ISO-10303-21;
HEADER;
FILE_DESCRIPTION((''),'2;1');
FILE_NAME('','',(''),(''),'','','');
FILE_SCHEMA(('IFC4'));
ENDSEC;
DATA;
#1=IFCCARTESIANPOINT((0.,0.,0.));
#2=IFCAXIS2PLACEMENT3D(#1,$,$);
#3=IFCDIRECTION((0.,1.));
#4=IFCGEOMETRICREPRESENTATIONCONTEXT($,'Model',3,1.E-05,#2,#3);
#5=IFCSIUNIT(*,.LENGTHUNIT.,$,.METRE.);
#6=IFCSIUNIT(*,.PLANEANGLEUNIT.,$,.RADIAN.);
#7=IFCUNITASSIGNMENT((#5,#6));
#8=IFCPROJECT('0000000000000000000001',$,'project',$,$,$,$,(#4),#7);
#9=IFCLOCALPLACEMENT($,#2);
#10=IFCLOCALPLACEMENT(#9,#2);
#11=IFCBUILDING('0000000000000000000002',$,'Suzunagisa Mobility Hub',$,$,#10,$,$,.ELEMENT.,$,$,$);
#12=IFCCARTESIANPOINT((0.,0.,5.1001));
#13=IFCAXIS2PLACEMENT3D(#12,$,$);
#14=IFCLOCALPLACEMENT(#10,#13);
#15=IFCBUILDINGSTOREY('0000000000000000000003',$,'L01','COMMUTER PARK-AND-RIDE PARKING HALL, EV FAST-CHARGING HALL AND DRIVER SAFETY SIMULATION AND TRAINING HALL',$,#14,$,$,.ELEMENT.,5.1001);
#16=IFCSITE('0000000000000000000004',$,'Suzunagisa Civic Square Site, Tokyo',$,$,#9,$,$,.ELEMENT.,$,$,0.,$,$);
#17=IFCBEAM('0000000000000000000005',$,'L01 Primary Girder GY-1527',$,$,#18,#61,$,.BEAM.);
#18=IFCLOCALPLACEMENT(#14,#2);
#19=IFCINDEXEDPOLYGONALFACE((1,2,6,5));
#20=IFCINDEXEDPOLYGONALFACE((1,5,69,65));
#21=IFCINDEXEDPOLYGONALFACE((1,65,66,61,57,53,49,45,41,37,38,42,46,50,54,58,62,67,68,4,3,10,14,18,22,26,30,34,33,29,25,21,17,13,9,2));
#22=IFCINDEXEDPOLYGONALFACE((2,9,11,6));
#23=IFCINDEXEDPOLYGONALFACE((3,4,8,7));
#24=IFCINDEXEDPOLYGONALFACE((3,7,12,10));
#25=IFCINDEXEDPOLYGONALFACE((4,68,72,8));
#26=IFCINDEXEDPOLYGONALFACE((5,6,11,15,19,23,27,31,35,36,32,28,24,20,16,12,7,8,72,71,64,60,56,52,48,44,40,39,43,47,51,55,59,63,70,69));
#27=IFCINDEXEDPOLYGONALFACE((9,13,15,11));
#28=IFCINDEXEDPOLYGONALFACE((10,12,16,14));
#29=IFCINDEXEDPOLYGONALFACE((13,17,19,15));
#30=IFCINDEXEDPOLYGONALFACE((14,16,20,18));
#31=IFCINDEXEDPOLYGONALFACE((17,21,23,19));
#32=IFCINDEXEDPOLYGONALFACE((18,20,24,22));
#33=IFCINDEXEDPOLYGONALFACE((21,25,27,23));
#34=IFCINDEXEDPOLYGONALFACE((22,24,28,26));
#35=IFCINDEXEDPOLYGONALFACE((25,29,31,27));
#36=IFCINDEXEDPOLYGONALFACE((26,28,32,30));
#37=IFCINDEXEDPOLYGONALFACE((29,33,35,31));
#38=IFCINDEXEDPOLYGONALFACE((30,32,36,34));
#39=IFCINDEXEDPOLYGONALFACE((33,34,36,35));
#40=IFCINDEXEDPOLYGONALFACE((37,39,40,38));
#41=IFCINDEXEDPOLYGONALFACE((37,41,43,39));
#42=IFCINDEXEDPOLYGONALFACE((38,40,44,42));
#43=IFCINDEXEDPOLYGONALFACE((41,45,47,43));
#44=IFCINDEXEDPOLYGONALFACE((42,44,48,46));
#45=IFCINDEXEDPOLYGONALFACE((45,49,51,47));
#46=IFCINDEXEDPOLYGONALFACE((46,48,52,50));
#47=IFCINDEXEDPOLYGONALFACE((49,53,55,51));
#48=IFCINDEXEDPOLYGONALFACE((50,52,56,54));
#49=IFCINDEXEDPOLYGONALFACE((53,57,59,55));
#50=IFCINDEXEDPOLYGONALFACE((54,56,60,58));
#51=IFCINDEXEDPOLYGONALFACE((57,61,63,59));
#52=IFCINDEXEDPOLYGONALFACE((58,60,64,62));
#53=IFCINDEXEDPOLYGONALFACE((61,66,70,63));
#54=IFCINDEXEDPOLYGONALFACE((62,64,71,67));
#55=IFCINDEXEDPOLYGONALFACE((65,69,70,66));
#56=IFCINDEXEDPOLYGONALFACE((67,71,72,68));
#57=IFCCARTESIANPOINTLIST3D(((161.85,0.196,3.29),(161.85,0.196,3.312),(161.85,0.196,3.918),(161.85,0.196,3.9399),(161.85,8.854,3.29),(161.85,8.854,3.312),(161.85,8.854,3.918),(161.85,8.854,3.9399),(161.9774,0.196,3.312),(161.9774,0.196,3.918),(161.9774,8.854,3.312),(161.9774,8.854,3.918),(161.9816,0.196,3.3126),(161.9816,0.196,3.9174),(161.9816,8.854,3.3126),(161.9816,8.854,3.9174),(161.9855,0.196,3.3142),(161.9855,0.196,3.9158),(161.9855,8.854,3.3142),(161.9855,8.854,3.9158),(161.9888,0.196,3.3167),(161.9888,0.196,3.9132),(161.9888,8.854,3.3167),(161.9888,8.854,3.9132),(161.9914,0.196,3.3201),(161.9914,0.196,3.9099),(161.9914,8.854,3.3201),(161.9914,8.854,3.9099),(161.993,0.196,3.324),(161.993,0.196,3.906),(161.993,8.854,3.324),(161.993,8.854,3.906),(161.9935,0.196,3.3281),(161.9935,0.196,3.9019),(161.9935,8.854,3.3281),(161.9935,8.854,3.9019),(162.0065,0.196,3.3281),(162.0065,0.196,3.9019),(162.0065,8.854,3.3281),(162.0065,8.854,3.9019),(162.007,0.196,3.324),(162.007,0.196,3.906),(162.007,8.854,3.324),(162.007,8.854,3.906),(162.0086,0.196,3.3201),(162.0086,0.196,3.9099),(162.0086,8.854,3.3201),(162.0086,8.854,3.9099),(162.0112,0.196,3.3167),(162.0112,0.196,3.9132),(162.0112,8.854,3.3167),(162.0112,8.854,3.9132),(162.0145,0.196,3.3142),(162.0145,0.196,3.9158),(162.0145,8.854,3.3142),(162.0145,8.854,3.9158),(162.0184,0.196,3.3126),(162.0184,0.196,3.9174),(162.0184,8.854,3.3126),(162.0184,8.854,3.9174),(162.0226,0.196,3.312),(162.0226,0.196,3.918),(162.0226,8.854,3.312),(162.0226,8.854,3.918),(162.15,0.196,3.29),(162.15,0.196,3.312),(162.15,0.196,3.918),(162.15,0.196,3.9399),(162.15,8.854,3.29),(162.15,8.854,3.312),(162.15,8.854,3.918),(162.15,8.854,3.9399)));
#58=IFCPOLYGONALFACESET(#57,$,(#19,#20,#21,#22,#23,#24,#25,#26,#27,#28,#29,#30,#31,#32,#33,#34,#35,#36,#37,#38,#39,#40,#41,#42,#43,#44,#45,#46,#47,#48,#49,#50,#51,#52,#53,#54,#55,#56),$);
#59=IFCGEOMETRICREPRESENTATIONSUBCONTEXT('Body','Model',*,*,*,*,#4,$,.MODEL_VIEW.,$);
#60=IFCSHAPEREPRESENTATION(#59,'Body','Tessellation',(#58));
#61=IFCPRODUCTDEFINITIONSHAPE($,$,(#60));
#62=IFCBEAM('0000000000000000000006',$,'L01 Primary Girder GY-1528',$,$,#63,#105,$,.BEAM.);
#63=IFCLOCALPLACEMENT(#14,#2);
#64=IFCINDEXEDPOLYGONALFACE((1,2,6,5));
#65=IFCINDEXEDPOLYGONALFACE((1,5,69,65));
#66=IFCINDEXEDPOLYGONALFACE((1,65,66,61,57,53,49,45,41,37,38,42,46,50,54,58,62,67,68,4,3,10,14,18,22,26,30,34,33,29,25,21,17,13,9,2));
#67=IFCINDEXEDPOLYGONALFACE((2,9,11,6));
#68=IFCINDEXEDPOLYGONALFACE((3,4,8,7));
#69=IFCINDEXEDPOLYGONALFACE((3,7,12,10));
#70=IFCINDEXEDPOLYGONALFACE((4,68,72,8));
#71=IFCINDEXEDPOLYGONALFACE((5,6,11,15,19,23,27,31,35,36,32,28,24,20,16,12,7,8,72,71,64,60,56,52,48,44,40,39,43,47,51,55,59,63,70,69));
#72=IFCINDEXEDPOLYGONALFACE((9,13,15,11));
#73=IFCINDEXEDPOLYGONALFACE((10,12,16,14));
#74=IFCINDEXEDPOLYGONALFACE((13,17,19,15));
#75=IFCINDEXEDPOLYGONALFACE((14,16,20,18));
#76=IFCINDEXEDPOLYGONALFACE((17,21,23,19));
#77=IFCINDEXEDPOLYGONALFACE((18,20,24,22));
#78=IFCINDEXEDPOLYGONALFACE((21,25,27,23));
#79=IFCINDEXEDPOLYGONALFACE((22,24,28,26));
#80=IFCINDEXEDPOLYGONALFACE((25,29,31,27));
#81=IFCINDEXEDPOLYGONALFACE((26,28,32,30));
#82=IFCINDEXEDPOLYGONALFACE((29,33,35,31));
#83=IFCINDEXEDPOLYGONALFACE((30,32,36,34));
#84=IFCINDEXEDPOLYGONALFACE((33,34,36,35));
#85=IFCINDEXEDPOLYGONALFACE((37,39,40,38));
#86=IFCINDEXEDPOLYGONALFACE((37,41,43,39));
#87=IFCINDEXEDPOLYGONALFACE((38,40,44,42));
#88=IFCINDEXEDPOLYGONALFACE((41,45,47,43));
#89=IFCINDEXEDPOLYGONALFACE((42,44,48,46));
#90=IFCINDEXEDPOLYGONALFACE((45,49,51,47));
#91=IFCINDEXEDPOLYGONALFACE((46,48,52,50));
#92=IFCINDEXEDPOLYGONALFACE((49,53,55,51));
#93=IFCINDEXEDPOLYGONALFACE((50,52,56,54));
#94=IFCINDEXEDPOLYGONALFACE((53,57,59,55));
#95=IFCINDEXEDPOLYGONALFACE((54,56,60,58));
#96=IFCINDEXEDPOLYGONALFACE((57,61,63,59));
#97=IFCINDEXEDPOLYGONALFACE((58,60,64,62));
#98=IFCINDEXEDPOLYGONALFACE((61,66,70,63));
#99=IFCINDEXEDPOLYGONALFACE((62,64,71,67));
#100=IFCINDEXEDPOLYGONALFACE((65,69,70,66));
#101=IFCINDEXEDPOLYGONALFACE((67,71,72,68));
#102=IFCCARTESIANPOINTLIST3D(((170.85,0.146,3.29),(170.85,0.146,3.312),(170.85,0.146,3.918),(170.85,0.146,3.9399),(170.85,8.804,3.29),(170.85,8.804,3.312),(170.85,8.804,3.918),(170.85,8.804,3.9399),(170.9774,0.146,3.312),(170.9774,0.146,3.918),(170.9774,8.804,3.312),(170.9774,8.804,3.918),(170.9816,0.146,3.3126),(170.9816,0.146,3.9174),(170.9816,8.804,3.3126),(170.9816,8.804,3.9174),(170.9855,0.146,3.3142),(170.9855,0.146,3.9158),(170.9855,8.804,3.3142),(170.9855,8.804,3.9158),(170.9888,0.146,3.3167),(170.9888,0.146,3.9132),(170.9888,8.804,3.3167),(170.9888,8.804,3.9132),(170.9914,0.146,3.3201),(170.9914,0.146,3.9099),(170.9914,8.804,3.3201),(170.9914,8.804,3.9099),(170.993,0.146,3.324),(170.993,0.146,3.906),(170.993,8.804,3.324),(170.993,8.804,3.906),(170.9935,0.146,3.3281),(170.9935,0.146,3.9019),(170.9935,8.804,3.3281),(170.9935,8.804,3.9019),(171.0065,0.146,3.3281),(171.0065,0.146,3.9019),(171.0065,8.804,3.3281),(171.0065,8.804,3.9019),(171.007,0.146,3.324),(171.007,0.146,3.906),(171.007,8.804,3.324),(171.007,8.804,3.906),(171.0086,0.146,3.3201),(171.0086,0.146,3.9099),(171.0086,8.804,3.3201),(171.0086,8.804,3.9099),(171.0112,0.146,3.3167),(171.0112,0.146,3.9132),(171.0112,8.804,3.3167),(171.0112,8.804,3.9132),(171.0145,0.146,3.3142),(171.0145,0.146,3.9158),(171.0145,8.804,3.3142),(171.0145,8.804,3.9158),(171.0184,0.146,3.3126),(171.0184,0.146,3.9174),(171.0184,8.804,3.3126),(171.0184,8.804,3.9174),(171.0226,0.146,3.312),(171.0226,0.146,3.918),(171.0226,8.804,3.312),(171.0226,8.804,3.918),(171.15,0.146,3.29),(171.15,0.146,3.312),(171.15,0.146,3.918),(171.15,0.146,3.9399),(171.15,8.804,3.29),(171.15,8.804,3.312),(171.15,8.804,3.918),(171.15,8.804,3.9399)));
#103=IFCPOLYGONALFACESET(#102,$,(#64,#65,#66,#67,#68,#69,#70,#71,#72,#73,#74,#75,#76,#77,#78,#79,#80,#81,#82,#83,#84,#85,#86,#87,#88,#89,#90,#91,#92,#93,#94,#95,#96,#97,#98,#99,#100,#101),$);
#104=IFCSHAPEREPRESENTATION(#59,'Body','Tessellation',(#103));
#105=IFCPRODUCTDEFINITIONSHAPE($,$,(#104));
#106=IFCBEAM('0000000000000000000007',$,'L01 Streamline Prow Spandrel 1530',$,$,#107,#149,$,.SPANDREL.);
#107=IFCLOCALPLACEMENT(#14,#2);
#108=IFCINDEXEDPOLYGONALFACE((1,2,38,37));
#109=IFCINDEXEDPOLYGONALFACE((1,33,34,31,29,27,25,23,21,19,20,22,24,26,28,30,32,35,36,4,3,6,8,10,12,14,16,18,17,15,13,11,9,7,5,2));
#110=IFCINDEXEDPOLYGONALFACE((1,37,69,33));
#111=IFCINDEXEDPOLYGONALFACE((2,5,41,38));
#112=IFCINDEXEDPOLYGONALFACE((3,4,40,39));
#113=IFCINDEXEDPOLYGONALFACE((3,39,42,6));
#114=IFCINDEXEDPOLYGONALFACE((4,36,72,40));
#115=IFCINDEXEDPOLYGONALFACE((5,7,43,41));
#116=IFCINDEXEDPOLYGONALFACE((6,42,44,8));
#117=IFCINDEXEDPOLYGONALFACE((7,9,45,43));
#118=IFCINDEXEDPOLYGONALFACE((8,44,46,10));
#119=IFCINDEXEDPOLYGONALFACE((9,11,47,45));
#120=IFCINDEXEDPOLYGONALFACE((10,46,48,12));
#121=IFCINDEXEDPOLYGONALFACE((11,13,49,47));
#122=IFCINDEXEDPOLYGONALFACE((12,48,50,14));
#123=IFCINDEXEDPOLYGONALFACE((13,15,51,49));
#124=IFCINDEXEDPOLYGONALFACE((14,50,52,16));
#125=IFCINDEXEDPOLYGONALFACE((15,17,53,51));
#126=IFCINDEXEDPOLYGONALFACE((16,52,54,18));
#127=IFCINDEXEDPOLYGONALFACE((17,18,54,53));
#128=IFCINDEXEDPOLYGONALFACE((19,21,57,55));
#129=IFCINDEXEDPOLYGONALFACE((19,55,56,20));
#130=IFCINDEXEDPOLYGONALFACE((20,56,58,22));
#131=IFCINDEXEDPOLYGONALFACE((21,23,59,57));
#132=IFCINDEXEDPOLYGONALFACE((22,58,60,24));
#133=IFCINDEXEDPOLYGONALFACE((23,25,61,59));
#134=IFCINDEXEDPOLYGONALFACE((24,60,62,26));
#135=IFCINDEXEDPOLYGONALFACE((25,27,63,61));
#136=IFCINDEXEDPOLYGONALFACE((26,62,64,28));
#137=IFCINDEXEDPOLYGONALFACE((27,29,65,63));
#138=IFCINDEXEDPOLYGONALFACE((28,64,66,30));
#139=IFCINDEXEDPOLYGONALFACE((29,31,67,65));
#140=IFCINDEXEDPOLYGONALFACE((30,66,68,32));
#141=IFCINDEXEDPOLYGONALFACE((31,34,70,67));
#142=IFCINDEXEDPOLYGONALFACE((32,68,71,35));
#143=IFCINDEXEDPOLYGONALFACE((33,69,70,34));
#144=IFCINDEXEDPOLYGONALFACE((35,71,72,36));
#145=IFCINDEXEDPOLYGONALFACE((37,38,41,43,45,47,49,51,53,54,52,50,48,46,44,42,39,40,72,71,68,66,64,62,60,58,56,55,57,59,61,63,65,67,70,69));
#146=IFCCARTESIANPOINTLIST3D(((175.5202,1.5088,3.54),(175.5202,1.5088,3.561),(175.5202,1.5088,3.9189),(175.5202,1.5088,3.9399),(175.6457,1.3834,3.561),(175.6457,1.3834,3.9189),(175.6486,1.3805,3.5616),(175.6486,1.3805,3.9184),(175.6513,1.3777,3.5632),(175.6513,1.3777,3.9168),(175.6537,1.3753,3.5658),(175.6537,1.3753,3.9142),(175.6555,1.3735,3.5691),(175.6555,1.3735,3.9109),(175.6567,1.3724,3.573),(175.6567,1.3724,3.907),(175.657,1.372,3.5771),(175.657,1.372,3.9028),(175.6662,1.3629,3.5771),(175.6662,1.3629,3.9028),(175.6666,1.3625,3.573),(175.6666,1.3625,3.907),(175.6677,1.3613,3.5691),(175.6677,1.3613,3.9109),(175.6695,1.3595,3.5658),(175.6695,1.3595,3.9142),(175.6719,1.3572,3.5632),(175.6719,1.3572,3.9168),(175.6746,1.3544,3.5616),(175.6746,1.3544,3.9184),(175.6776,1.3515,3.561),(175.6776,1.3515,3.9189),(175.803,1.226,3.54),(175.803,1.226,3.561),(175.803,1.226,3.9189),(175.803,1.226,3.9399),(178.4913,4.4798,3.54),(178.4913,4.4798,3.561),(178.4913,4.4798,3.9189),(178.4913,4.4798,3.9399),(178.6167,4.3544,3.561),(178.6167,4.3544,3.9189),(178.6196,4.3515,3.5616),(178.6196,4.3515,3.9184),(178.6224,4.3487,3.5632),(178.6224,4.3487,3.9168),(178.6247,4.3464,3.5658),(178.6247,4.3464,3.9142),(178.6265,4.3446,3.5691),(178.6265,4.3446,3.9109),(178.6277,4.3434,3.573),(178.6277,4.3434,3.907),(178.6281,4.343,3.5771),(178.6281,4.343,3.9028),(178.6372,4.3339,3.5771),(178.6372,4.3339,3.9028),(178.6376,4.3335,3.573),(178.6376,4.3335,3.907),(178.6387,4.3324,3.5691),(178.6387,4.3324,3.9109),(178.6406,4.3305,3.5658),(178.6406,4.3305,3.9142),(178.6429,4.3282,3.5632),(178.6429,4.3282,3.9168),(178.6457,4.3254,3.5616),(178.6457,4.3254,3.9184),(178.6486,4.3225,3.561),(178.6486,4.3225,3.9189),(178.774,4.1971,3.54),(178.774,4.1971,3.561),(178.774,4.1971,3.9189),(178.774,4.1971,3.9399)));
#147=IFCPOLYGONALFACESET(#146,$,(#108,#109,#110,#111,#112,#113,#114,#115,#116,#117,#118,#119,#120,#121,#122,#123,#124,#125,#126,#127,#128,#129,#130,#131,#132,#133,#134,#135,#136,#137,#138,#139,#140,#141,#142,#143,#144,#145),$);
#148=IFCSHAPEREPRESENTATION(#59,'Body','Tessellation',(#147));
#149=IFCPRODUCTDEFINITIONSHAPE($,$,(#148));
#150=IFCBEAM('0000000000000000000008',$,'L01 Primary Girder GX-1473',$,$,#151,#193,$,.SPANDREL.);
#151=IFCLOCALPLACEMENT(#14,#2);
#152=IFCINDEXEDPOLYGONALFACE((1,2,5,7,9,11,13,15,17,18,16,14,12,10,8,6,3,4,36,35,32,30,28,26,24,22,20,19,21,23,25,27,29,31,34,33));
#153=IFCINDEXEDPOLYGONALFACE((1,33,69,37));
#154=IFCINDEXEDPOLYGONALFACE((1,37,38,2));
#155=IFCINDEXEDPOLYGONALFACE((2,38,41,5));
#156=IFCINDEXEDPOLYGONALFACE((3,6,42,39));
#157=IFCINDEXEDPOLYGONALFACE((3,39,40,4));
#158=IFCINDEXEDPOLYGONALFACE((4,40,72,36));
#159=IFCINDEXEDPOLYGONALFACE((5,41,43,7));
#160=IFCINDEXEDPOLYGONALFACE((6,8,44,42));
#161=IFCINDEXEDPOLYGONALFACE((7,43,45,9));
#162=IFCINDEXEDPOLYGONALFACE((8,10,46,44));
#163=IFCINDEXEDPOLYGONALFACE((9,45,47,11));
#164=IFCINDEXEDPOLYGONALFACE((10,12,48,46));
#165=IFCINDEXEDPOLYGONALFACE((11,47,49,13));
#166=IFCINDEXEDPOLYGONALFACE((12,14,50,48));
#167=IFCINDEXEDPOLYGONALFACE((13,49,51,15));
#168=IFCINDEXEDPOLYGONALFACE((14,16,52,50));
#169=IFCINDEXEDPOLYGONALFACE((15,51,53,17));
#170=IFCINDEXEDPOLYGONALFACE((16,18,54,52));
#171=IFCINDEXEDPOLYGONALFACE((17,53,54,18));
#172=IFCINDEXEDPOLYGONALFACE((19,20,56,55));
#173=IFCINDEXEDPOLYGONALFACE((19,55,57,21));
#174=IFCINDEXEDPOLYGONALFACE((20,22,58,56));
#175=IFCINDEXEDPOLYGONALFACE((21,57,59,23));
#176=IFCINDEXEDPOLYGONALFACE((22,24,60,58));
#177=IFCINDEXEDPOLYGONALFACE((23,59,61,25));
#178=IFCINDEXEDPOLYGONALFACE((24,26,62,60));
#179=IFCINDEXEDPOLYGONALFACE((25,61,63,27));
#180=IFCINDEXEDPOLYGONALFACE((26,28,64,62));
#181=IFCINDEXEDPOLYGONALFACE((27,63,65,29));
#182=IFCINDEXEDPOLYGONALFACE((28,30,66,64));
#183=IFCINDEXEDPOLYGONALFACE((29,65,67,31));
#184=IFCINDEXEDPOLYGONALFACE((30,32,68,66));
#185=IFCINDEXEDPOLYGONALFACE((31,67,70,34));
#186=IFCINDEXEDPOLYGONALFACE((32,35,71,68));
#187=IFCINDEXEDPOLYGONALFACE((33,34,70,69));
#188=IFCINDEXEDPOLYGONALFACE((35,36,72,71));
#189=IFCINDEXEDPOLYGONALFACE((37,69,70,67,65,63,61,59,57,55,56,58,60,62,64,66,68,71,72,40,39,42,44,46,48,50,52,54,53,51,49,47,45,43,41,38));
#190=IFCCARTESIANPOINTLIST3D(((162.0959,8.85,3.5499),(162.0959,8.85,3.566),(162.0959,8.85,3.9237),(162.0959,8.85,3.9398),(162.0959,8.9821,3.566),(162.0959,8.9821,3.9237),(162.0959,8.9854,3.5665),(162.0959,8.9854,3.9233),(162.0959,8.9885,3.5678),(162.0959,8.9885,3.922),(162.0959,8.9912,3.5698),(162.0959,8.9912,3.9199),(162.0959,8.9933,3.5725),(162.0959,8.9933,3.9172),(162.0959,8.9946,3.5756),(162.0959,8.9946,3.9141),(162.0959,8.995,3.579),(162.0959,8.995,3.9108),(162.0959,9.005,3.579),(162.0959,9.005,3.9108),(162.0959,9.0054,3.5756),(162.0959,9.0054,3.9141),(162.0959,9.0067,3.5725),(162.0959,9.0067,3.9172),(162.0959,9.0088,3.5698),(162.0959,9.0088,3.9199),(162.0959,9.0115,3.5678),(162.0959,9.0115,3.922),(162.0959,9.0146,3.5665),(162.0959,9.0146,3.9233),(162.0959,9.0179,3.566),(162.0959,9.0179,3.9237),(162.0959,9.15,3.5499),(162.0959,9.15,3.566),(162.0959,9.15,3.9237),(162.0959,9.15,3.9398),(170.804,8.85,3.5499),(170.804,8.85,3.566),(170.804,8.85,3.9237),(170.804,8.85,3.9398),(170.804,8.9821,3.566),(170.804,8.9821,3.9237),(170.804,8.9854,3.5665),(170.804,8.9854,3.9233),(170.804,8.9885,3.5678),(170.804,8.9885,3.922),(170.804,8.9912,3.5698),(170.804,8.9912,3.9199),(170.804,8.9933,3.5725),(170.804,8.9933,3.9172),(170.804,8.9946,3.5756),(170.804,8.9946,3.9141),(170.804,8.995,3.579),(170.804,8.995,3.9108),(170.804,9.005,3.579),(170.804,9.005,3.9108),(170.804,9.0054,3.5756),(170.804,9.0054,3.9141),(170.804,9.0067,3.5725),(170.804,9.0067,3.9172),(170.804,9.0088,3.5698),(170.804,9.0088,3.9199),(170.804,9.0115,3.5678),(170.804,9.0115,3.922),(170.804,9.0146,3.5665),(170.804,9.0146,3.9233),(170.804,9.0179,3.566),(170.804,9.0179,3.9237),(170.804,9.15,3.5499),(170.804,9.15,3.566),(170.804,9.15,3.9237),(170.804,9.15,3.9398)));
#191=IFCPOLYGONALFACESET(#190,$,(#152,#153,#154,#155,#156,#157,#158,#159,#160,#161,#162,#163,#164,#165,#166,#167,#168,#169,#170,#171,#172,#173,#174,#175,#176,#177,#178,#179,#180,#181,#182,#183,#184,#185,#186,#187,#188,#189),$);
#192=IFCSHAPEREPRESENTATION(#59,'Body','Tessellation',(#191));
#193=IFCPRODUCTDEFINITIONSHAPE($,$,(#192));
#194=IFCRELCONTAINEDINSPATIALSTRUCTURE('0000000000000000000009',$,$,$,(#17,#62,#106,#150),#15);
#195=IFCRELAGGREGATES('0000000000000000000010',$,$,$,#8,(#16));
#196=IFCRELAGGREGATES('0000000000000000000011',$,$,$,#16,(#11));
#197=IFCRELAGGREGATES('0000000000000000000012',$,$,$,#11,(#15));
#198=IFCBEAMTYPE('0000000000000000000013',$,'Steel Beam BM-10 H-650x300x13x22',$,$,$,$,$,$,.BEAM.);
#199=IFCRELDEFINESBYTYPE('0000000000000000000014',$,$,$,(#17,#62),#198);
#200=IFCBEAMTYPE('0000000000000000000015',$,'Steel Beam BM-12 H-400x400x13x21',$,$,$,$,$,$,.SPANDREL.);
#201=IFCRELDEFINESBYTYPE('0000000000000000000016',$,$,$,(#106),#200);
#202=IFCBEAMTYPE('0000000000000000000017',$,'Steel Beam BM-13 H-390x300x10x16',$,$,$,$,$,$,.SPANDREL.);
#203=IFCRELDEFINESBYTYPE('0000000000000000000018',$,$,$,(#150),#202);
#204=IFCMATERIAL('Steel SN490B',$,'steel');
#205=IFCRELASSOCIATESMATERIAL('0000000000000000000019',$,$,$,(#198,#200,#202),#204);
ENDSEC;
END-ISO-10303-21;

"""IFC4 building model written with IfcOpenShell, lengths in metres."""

from ifc_helpers import new_model, si_unit, direction, frame, origin, origin_2d, place, context, subcontext, project, spatial, i_section, extrude, material, material_profile, profile_set, type_object, element, save


model = new_model("IFC4")

# Units and contexts
model_context = context("Model", 3, precision=1e-05, world=origin(), true_north=direction((0.0, 1.0)))
body_context = subcontext(model_context, "Body", "Model", "MODEL_VIEW")
ifc_project = project(units=[si_unit("LENGTHUNIT", "METRE"), si_unit("PLANEANGLEUNIT", "RADIAN")], contexts=[model_context])

# Site, building, storey
site_placement = place(None, origin())
site = spatial("IfcSite", under=ifc_project, at=site_placement, Name="Suzunagisa Civic Square Site, Tokyo", CompositionType="ELEMENT", RefElevation=0.0)
building_placement = place(site_placement, origin())
building = spatial("IfcBuilding", under=site, at=building_placement, Name="Suzunagisa Mobility Hub", CompositionType="ELEMENT")
storey_placement = place(building_placement, frame((0.0, 0.0, 5.1001)))
storey = spatial("IfcBuildingStorey", under=building, at=storey_placement, Name="L01", Description="COMMUTER PARK-AND-RIDE PARKING HALL, EV FAST-CHARGING HALL AND DRIVER SAFETY SIMULATION AND TRAINING HALL", CompositionType="ELEMENT", Elevation=5.1001)

# Shared definitions
ifc_material_1 = material(Name="Steel SN490B", Category="steel")

# Beams
ifc_material_profile_1 = material_profile(ifc_material_1, i_section(OverallWidth=0.3, OverallDepth=0.6499, WebThickness=0.0129, FlangeThickness=0.022, FilletRadius=0.0161, at=origin_2d()), Name="H-650x300x13x22")
ifc_profile_set_1 = profile_set([ifc_material_profile_1], Name="Steel SN490B")
beam_type_1 = type_object("IfcBeamType", Name="Steel Beam BM-10 H-650x300x13x22", PredefinedType="BEAM", material=ifc_profile_set_1)
for number, where, z_axis, x_axis, name in (
    (1, (162.0, 0.196, 3.615), (0.0, 1.0, 0.0), (-1.0, 0.0, 0.0), "L01 Primary Girder GY-1527"),
    (2, (171.0, 0.146, 3.615), (0.0, 1.0, 0.0), (-1.0, 0.0, 0.0), "L01 Primary Girder GY-1528"),
):
    element("IfcBeam", number, at=place(storey_placement, frame(where, z_axis=z_axis, x_axis=x_axis)), inside=storey, type_object=beam_type_1, Name=name, PredefinedType="BEAM", context=body_context, shape_type="SweptSolid", body=[
        extrude(i_section(OverallWidth=0.3, OverallDepth=0.6499, WebThickness=0.0129, FlangeThickness=0.022, FilletRadius=0.0161, at=origin_2d()), origin(), (0.0, 0.0, 1.0), 8.658),
    ])
ifc_material_profile_2 = material_profile(ifc_material_1, i_section(OverallWidth=0.3999, OverallDepth=0.3999, WebThickness=0.0129, FlangeThickness=0.021, FilletRadius=0.0161, at=origin_2d()), Name="H-400x400x13x21")
ifc_profile_set_2 = profile_set([ifc_material_profile_2], Name="Steel SN490B")
beam_type_2 = type_object("IfcBeamType", Name="Steel Beam BM-12 H-400x400x13x21", PredefinedType="SPANDREL", material=ifc_profile_set_2)
beam_1_placement = place(storey_placement, frame((175.6616, 1.3674, 3.74), z_axis=(0.707107, 0.707107, 0.0), x_axis=(-0.707107, 0.707107, 0.0)))
element("IfcBeam", 3, at=beam_1_placement, inside=storey, type_object=beam_type_2, Name="L01 Streamline Prow Spandrel 1530", PredefinedType="SPANDREL", context=body_context, shape_type="SweptSolid", body=[
    extrude(i_section(OverallWidth=0.3999, OverallDepth=0.3999, WebThickness=0.0129, FlangeThickness=0.021, FilletRadius=0.0161, at=origin_2d()), origin(), (0.0, 0.0, 1.0), 4.2017),
])
ifc_material_profile_3 = material_profile(ifc_material_1, i_section(OverallWidth=0.3, OverallDepth=0.3899, WebThickness=0.01, FlangeThickness=0.0161, FilletRadius=0.0129, at=origin_2d()), Name="H-390x300x10x16")
ifc_profile_set_3 = profile_set([ifc_material_profile_3], Name="Steel SN490B")
beam_type_3 = type_object("IfcBeamType", Name="Steel Beam BM-13 H-390x300x10x16", PredefinedType="SPANDREL", material=ifc_profile_set_3)
beam_2_placement = place(storey_placement, frame((162.0959, 9.0, 3.7449), z_axis=(1.0, 0.0, 0.0), x_axis=(0.0, 1.0, 0.0)))
element("IfcBeam", 4, at=beam_2_placement, inside=storey, type_object=beam_type_3, Name="L01 Primary Girder GX-1473", PredefinedType="SPANDREL", context=body_context, shape_type="SweptSolid", body=[
    extrude(i_section(OverallWidth=0.3, OverallDepth=0.3899, WebThickness=0.01, FlangeThickness=0.0161, FilletRadius=0.0129, at=origin_2d()), origin(), (0.0, 0.0, 1.0), 8.708),
])

save(model, "model.ifc")
